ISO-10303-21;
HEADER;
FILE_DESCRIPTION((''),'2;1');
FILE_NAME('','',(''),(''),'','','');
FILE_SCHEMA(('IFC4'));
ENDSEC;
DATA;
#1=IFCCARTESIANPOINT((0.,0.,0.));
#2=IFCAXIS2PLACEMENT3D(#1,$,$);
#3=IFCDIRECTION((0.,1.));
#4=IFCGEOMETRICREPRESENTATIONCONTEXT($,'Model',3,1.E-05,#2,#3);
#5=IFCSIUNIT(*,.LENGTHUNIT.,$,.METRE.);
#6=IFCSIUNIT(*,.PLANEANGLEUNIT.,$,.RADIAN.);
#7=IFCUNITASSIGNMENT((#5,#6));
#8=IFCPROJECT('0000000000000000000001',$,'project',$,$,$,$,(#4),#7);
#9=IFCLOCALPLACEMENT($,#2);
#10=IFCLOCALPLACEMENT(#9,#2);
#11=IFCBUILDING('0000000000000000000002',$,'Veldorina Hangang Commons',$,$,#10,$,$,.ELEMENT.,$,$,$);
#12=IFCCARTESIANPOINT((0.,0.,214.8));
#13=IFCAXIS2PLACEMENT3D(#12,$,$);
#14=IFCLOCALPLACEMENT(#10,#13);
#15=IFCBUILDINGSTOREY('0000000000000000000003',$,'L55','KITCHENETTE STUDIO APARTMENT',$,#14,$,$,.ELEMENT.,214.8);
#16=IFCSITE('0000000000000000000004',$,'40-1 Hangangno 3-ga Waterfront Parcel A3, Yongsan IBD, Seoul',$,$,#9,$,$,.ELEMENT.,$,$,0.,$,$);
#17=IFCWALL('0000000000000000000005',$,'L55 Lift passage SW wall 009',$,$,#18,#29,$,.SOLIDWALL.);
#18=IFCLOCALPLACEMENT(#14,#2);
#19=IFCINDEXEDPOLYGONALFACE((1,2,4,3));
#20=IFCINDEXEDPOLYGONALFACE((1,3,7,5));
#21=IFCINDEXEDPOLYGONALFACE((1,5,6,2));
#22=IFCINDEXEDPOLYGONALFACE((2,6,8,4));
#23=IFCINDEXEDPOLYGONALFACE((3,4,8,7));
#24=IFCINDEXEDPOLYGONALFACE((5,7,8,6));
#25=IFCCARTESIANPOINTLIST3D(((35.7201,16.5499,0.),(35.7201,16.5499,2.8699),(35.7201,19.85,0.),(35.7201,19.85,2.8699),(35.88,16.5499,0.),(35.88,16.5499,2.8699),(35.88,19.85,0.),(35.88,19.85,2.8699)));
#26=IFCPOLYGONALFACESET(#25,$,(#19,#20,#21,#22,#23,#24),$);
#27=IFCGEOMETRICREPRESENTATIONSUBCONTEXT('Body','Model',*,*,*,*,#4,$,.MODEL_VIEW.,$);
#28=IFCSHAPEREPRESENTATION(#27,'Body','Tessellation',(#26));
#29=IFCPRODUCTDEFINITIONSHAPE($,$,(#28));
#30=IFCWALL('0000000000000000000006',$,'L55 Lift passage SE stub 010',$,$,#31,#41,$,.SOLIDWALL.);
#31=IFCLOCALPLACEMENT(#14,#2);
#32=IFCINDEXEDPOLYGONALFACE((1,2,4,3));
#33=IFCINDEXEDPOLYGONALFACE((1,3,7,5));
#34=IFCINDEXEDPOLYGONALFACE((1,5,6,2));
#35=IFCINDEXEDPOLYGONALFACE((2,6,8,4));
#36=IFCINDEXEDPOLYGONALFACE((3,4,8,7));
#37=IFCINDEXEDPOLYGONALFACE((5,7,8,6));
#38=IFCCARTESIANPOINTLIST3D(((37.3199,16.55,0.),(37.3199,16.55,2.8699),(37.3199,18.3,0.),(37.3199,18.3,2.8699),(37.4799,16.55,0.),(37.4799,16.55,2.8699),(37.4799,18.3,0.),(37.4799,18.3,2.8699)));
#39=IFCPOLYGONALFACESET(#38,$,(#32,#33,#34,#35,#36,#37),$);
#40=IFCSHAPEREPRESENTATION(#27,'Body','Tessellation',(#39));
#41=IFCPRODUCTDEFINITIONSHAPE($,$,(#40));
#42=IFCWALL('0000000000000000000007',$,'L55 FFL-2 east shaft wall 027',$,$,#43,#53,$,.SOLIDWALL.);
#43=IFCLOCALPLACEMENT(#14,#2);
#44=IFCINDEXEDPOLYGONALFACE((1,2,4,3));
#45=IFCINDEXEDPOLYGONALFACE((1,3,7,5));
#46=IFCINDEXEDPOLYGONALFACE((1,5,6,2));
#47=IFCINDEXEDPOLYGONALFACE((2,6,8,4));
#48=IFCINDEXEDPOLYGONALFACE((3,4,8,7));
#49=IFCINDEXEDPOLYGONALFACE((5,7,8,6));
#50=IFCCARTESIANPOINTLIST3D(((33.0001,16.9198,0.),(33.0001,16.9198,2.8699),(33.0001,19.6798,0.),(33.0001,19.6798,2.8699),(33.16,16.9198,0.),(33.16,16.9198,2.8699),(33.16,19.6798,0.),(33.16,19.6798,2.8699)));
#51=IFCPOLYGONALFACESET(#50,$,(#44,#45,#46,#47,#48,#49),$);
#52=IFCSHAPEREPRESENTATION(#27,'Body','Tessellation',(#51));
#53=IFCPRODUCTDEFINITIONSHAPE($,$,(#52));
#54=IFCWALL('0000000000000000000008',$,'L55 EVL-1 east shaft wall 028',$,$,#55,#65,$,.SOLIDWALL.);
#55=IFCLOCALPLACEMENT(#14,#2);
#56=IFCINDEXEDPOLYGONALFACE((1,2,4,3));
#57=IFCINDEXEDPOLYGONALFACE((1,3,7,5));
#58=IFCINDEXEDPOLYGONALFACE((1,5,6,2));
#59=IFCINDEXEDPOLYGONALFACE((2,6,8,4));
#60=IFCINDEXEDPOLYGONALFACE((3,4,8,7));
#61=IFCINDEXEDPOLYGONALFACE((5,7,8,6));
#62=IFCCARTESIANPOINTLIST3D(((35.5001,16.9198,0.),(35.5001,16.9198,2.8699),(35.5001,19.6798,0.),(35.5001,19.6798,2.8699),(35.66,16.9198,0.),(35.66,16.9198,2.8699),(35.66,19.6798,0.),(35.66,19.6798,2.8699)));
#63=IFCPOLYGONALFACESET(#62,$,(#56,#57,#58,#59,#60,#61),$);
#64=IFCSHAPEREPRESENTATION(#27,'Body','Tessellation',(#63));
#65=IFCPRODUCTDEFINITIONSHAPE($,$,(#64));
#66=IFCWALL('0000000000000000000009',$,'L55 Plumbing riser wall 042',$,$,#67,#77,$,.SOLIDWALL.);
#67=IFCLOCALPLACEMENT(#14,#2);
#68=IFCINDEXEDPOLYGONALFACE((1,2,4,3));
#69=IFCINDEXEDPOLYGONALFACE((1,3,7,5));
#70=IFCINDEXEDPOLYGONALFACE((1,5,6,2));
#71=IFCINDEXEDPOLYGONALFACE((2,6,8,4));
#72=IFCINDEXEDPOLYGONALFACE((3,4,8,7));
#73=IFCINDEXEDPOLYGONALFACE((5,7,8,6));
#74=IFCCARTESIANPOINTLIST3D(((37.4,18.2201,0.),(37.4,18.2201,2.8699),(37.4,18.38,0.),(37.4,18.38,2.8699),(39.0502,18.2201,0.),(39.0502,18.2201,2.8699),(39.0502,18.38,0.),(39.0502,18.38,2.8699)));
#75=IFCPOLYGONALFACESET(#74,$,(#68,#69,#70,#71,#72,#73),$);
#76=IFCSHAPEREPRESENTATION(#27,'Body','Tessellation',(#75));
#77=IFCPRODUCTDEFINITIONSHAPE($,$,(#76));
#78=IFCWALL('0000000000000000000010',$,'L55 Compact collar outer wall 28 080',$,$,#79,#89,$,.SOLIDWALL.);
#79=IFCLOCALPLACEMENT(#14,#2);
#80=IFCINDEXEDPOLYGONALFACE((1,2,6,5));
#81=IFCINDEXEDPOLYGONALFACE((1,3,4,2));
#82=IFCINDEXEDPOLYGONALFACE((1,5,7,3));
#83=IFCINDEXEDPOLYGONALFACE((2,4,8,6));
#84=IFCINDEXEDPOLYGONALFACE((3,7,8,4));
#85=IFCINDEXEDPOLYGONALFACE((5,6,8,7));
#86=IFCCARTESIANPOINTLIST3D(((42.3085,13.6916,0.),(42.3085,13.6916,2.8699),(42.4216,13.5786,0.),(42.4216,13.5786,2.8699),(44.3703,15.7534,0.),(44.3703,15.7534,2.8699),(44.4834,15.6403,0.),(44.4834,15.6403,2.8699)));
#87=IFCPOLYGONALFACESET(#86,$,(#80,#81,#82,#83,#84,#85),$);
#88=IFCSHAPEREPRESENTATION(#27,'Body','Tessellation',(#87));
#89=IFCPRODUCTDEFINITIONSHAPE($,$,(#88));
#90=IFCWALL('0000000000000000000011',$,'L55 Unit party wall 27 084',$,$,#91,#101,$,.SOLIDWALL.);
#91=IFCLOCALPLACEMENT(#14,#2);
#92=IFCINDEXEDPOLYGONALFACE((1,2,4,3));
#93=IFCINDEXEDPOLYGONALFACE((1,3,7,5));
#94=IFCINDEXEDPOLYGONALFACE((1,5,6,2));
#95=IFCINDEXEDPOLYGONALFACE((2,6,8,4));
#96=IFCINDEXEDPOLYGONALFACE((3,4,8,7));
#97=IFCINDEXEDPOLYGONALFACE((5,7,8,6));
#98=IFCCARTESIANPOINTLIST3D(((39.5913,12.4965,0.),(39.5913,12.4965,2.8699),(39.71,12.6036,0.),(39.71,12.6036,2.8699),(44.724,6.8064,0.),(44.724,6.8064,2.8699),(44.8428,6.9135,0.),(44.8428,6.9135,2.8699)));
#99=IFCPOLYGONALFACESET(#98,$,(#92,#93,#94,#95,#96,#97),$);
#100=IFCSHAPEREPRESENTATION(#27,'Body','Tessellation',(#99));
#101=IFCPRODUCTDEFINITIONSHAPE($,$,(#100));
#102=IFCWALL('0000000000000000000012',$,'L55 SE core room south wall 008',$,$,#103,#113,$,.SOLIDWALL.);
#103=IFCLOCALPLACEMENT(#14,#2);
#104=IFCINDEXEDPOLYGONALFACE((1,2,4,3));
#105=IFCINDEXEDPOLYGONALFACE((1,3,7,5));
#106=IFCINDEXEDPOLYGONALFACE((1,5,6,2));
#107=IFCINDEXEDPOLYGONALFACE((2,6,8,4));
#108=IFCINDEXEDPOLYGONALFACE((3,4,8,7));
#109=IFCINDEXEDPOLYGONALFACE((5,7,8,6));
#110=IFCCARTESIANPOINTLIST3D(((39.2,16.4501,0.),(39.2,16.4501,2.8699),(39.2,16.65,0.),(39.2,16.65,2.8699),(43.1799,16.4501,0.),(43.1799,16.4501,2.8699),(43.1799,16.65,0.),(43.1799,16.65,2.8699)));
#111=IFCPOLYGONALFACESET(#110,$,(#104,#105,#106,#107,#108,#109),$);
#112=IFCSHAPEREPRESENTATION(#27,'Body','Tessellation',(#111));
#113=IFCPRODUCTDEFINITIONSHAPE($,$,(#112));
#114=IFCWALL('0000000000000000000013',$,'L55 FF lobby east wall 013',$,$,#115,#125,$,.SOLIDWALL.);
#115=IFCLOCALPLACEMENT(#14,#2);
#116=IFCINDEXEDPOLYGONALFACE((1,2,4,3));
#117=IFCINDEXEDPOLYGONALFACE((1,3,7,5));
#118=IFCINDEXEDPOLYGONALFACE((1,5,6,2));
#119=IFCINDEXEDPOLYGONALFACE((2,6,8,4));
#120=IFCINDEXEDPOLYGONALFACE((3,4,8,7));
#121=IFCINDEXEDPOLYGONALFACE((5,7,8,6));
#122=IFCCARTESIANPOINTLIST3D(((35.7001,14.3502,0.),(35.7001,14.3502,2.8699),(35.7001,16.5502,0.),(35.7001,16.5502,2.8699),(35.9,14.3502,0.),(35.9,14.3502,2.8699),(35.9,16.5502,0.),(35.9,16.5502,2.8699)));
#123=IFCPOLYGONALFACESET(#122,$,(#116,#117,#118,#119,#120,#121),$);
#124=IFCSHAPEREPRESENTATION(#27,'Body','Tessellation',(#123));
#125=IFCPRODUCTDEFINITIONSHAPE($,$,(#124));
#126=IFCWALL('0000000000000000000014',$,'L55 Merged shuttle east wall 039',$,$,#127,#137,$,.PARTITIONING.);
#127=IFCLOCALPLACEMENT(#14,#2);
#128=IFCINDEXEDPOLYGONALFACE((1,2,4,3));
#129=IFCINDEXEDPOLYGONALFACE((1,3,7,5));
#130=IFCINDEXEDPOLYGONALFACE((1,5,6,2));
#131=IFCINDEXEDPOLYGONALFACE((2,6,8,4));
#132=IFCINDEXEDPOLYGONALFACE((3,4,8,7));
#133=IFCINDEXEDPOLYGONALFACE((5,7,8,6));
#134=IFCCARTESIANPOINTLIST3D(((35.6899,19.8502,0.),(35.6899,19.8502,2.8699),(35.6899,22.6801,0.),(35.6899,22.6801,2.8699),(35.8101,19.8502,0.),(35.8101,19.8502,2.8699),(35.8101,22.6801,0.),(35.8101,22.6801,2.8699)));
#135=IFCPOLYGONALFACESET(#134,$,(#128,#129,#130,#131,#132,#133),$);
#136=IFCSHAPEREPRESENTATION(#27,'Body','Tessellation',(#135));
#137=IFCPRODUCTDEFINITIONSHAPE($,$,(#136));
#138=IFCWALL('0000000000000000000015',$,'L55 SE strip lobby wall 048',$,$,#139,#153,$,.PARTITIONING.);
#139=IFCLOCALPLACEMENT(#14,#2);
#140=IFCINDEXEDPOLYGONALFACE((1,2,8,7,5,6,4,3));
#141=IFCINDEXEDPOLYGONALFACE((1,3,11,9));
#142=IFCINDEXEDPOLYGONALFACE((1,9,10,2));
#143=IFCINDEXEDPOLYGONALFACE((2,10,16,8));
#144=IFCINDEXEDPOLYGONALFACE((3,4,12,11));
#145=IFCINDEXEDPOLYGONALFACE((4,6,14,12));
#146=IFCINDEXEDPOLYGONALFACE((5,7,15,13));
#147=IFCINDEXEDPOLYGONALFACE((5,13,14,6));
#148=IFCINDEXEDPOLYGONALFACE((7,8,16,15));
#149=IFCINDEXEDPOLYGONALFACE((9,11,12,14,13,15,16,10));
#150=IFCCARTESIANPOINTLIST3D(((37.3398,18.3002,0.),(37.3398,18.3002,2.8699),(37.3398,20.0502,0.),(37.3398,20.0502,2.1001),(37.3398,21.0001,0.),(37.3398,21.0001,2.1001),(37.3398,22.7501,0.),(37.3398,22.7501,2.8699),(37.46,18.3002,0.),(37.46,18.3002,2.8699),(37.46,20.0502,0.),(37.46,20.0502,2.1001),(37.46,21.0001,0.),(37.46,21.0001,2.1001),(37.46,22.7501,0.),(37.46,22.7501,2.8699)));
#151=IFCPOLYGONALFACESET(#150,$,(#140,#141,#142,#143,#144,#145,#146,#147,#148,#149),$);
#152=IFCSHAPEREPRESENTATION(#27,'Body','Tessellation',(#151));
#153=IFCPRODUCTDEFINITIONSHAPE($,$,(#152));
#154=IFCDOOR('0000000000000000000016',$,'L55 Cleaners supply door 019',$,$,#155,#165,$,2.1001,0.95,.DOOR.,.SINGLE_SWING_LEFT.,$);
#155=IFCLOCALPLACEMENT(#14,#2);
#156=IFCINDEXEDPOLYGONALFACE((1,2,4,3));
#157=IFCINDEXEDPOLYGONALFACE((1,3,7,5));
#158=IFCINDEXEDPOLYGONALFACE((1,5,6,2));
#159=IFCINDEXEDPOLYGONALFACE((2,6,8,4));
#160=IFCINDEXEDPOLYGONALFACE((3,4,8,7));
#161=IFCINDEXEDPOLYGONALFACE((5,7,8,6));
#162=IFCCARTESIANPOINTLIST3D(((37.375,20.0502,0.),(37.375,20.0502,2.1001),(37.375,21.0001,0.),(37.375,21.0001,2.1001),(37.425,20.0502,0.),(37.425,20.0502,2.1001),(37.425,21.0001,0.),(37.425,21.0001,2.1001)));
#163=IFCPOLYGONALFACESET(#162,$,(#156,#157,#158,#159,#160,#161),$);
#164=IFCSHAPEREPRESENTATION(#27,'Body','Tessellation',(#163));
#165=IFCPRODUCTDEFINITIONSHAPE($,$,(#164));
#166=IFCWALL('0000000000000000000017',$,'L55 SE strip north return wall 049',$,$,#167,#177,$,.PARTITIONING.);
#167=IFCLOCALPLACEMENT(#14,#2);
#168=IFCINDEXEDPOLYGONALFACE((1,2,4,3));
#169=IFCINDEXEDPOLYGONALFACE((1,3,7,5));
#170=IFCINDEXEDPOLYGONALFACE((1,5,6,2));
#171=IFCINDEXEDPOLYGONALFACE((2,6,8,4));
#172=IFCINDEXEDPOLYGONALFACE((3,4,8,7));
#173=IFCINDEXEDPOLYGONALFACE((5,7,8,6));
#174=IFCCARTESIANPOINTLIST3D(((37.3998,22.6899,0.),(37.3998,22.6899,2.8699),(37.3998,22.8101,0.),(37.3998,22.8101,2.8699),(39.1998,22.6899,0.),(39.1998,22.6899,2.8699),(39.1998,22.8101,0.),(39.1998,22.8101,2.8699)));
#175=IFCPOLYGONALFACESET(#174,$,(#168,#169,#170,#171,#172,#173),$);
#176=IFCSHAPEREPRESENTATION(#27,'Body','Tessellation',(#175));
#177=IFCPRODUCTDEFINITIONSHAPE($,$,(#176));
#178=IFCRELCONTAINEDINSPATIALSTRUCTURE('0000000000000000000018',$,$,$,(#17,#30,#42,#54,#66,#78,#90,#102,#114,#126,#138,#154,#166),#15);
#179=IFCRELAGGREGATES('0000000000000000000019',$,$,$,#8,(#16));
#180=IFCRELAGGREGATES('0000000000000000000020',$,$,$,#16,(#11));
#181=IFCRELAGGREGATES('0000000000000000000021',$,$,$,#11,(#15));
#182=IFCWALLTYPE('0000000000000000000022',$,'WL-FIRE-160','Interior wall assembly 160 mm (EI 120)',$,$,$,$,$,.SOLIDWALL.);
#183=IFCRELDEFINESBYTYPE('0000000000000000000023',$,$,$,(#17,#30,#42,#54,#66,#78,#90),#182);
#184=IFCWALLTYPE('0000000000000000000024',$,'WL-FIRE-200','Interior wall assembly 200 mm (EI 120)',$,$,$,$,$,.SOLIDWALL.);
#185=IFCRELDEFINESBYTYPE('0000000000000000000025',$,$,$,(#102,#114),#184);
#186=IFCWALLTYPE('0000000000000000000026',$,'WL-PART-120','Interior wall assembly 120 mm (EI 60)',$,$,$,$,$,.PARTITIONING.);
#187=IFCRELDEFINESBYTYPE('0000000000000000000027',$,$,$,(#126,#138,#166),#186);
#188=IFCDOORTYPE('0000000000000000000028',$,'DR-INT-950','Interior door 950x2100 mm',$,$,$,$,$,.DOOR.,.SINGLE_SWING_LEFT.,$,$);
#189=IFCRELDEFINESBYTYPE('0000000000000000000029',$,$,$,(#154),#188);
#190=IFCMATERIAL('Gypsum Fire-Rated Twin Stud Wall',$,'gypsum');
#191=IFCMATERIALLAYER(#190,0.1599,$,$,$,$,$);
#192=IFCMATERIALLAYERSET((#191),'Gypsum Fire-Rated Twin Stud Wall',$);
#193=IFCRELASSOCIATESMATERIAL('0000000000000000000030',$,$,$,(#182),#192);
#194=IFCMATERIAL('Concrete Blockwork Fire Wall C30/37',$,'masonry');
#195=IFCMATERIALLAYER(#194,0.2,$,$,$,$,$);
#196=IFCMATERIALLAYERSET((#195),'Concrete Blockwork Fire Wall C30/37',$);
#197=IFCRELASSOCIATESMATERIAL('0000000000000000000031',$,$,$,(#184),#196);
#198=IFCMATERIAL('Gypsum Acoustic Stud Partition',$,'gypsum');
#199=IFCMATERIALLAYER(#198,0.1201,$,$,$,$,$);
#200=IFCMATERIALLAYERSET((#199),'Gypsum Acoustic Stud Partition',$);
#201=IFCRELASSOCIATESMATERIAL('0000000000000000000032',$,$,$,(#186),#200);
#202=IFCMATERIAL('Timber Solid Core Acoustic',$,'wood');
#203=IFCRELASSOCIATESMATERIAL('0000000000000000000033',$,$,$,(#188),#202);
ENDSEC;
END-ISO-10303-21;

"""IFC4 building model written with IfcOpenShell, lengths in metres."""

from ifc_helpers import new_model, si_unit, direction, frame, frame_2d, origin, place, context, subcontext, project, spatial, rectangle, extrude, material, layer, layer_set, type_object, element, fill, save


model = new_model("IFC4")

# Units and contexts
model_context = context("Model", 3, precision=1e-05, world=origin(), true_north=direction((0.0, 1.0)))
body_context = subcontext(model_context, "Body", "Model", "MODEL_VIEW")
ifc_project = project(units=[si_unit("LENGTHUNIT", "METRE"), si_unit("PLANEANGLEUNIT", "RADIAN")], contexts=[model_context])

# Site, building, storey
site_placement = place(None, origin())
site = spatial("IfcSite", under=ifc_project, at=site_placement, Name="40-1 Hangangno 3-ga Waterfront Parcel A3, Yongsan IBD, Seoul", CompositionType="ELEMENT", RefElevation=0.0)
building_placement = place(site_placement, origin())
building = spatial("IfcBuilding", under=site, at=building_placement, Name="Veldorina Hangang Commons", CompositionType="ELEMENT")
storey_placement = place(building_placement, frame((0.0, 0.0, 214.8)))
storey = spatial("IfcBuildingStorey", under=building, at=storey_placement, Name="L55", Description="KITCHENETTE STUDIO APARTMENT", CompositionType="ELEMENT", Elevation=214.8)

# Walls
ifc_material_1 = material(Name="Gypsum Fire-Rated Twin Stud Wall", Category="gypsum")
ifc_layer_1 = layer(ifc_material_1, 0.1599)
ifc_layer_set_1 = layer_set([ifc_layer_1], Name="Gypsum Fire-Rated Twin Stud Wall")
wall_type_1 = type_object("IfcWallType", Name="WL-FIRE-160", Description="Interior wall assembly 160 mm (EI 120)", PredefinedType="SOLIDWALL", material=ifc_layer_set_1)
wall_1_placement = place(storey_placement, frame((35.8, 16.55, 0.0), z_axis=(0.0, 0.0, 1.0), x_axis=(0.0, 1.0, 0.0)))
element("IfcWall", 1, at=wall_1_placement, inside=storey, type_object=wall_type_1, Name="L55 Lift passage SW wall 009", PredefinedType="SOLIDWALL", context=body_context, shape_type="SweptSolid", body=[
    extrude(rectangle(XDim=3.3, YDim=0.1599, at=frame_2d((1.6499, 0.0))), origin(), (0.0, 0.0, 1.0), 2.8699),
])
wall_2_placement = place(storey_placement, frame((37.3999, 16.55, 0.0), z_axis=(0.0, 0.0, 1.0), x_axis=(0.0, 1.0, 0.0)))
element("IfcWall", 2, at=wall_2_placement, inside=storey, type_object=wall_type_1, Name="L55 Lift passage SE stub 010", PredefinedType="SOLIDWALL", context=body_context, shape_type="SweptSolid", body=[
    extrude(rectangle(XDim=1.75, YDim=0.1599, at=frame_2d((0.875, 0.0))), origin(), (0.0, 0.0, 1.0), 2.8699),
])
for number, where, z_axis, x_axis, name in (
    (3, (33.0801, 16.9199, 0.0), (0.0, 0.0, 1.0), (0.0, 1.0, 0.0), "L55 FFL-2 east shaft wall 027"),
    (4, (35.5801, 16.9199, 0.0), (0.0, 0.0, 1.0), (0.0, 1.0, 0.0), "L55 EVL-1 east shaft wall 028"),
):
    element("IfcWall", number, at=place(storey_placement, frame(where, z_axis=z_axis, x_axis=x_axis)), inside=storey, type_object=wall_type_1, Name=name, PredefinedType="SOLIDWALL", context=body_context, shape_type="SweptSolid", body=[
        extrude(rectangle(XDim=2.76, YDim=0.1599, at=frame_2d((1.3799, 0.0))), origin(), (0.0, 0.0, 1.0), 2.8699),
    ])
wall_3_placement = place(storey_placement, frame((37.3999, 18.3, 0.0), z_axis=(0.0, 0.0, 1.0), x_axis=(1.0, 0.0, 0.0)))
element("IfcWall", 5, at=wall_3_placement, inside=storey, type_object=wall_type_1, Name="L55 Plumbing riser wall 042", PredefinedType="SOLIDWALL", context=body_context, shape_type="SweptSolid", body=[
    extrude(rectangle(XDim=1.6501, YDim=0.1599, at=frame_2d((0.8252, 0.0))), origin(), (0.0, 0.0, 1.0), 2.8699),
])
wall_4_placement = place(storey_placement, frame((42.365, 13.635, 0.0), z_axis=(0.0, 0.0, 1.0), x_axis=(0.707107, 0.707107, 0.0)))
element("IfcWall", 6, at=wall_4_placement, inside=storey, type_object=wall_type_1, Name="L55 Compact collar outer wall 28 080", PredefinedType="SOLIDWALL", context=body_context, shape_type="SweptSolid", body=[
    extrude(rectangle(XDim=2.9158, YDim=0.1599, at=frame_2d((1.458, 0.0))), origin(), (0.0, 0.0, 1.0), 2.8699),
])
wall_5_placement = place(storey_placement, frame((39.6506, 12.55, 0.0), z_axis=(0.0, 0.0, 1.0), x_axis=(0.669804, -0.742538, 0.0)))
element("IfcWall", 7, at=wall_5_placement, inside=storey, type_object=wall_type_1, Name="L55 Unit party wall 27 084", PredefinedType="SOLIDWALL", context=body_context, shape_type="SweptSolid", body=[
    extrude(rectangle(XDim=7.6631, YDim=0.1599, at=frame_2d((3.8315, 0.0))), origin(), (0.0, 0.0, 1.0), 2.8699),
])
ifc_material_2 = material(Name="Concrete Blockwork Fire Wall C30/37", Category="masonry")
ifc_layer_2 = layer(ifc_material_2, 0.2)
ifc_layer_set_2 = layer_set([ifc_layer_2], Name="Concrete Blockwork Fire Wall C30/37")
wall_type_2 = type_object("IfcWallType", Name="WL-FIRE-200", Description="Interior wall assembly 200 mm (EI 120)", PredefinedType="SOLIDWALL", material=ifc_layer_set_2)
wall_6_placement = place(storey_placement, frame((39.2, 16.55, 0.0), z_axis=(0.0, 0.0, 1.0), x_axis=(1.0, 0.0, 0.0)))
element("IfcWall", 8, at=wall_6_placement, inside=storey, type_object=wall_type_2, Name="L55 SE core room south wall 008", PredefinedType="SOLIDWALL", context=body_context, shape_type="SweptSolid", body=[
    extrude(rectangle(XDim=3.98, YDim=0.2, at=frame_2d((1.99, 0.0))), origin(), (0.0, 0.0, 1.0), 2.8699),
])
wall_7_placement = place(storey_placement, frame((35.8, 14.3501, 0.0), z_axis=(0.0, 0.0, 1.0), x_axis=(0.0, 1.0, 0.0)))
element("IfcWall", 9, at=wall_7_placement, inside=storey, type_object=wall_type_2, Name="L55 FF lobby east wall 013", PredefinedType="SOLIDWALL", context=body_context, shape_type="SweptSolid", body=[
    extrude(rectangle(XDim=2.2, YDim=0.2, at=frame_2d((1.1001, 0.0))), origin(), (0.0, 0.0, 1.0), 2.8699),
])
ifc_material_3 = material(Name="Gypsum Acoustic Stud Partition", Category="gypsum")
ifc_layer_3 = layer(ifc_material_3, 0.1201)
ifc_layer_set_3 = layer_set([ifc_layer_3], Name="Gypsum Acoustic Stud Partition")
wall_type_3 = type_object("IfcWallType", Name="WL-PART-120", Description="Interior wall assembly 120 mm (EI 60)", PredefinedType="PARTITIONING", material=ifc_layer_set_3)
wall_8_placement = place(storey_placement, frame((35.75, 19.8501, 0.0), z_axis=(0.0, 0.0, 1.0), x_axis=(0.0, 1.0, 0.0)))
element("IfcWall", 10, at=wall_8_placement, inside=storey, type_object=wall_type_3, Name="L55 Merged shuttle east wall 039", PredefinedType="PARTITIONING", context=body_context, shape_type="SweptSolid", body=[
    extrude(rectangle(XDim=2.8298, YDim=0.1201, at=frame_2d((1.415, 0.0))), origin(), (0.0, 0.0, 1.0), 2.8699),
])

# Wall, opening, door
wall_9_placement = place(storey_placement, frame((37.3999, 18.3, 0.0), z_axis=(0.0, 0.0, 1.0), x_axis=(0.0, 1.0, 0.0)))
wall_9 = element("IfcWall", 11, at=wall_9_placement, inside=storey, type_object=wall_type_3, Name="L55 SE strip lobby wall 048", PredefinedType="PARTITIONING", context=body_context, shape_type="SweptSolid", body=[
    extrude(rectangle(XDim=4.45, YDim=0.1201, at=frame_2d((2.2251, 0.0))), origin(), (0.0, 0.0, 1.0), 2.8699),
])
opening_1_placement = place(wall_9_placement, frame((1.75, 0.0, 0.0)))
opening_1 = element("IfcOpeningElement", 12, at=opening_1_placement, cuts=wall_9, PredefinedType="OPENING", context=body_context, shape_type="SweptSolid", body=[
    extrude(rectangle(XDim=0.95, YDim=2.1001, at=frame_2d((0.4751, 1.05))), frame((0.0, 0.0701, 0.0), z_axis=(0.0, -1.0, 0.0), x_axis=(1.0, 0.0, 0.0)), (0.0, 0.0, 1.0), 0.1401),
])
ifc_material_4 = material(Name="Timber Solid Core Acoustic", Category="wood")
door_type_1 = type_object("IfcDoorType", Name="DR-INT-950", Description="Interior door 950x2100 mm", OperationType="SINGLE_SWING_LEFT", PredefinedType="DOOR", material=ifc_material_4)
door_1_placement = place(opening_1_placement, origin())
door_1 = element("IfcDoor", 13, at=door_1_placement, inside=storey, type_object=door_type_1, Name="L55 Cleaners supply door 019", OperationType="SINGLE_SWING_LEFT", OverallHeight=2.1001, OverallWidth=0.95, PredefinedType="DOOR", context=body_context, shape_type="SweptSolid", body=[
    extrude(rectangle(XDim=0.95, YDim=2.1001, at=frame_2d((0.4751, 1.05))), frame((0.0, 0.0249, 0.0), z_axis=(0.0, -1.0, 0.0), x_axis=(1.0, 0.0, 0.0)), (0.0, 0.0, 1.0), 0.05),
])
fill(opening_1, door_1)

# Wall
wall_10_placement = place(storey_placement, frame((37.3999, 22.75, 0.0), z_axis=(0.0, 0.0, 1.0), x_axis=(1.0, 0.0, 0.0)))
element("IfcWall", 14, at=wall_10_placement, inside=storey, type_object=wall_type_3, Name="L55 SE strip north return wall 049", PredefinedType="PARTITIONING", context=body_context, shape_type="SweptSolid", body=[
    extrude(rectangle(XDim=1.8, YDim=0.1201, at=frame_2d((0.8999, 0.0))), origin(), (0.0, 0.0, 1.0), 2.8699),
])

save(model, "model.ifc")
